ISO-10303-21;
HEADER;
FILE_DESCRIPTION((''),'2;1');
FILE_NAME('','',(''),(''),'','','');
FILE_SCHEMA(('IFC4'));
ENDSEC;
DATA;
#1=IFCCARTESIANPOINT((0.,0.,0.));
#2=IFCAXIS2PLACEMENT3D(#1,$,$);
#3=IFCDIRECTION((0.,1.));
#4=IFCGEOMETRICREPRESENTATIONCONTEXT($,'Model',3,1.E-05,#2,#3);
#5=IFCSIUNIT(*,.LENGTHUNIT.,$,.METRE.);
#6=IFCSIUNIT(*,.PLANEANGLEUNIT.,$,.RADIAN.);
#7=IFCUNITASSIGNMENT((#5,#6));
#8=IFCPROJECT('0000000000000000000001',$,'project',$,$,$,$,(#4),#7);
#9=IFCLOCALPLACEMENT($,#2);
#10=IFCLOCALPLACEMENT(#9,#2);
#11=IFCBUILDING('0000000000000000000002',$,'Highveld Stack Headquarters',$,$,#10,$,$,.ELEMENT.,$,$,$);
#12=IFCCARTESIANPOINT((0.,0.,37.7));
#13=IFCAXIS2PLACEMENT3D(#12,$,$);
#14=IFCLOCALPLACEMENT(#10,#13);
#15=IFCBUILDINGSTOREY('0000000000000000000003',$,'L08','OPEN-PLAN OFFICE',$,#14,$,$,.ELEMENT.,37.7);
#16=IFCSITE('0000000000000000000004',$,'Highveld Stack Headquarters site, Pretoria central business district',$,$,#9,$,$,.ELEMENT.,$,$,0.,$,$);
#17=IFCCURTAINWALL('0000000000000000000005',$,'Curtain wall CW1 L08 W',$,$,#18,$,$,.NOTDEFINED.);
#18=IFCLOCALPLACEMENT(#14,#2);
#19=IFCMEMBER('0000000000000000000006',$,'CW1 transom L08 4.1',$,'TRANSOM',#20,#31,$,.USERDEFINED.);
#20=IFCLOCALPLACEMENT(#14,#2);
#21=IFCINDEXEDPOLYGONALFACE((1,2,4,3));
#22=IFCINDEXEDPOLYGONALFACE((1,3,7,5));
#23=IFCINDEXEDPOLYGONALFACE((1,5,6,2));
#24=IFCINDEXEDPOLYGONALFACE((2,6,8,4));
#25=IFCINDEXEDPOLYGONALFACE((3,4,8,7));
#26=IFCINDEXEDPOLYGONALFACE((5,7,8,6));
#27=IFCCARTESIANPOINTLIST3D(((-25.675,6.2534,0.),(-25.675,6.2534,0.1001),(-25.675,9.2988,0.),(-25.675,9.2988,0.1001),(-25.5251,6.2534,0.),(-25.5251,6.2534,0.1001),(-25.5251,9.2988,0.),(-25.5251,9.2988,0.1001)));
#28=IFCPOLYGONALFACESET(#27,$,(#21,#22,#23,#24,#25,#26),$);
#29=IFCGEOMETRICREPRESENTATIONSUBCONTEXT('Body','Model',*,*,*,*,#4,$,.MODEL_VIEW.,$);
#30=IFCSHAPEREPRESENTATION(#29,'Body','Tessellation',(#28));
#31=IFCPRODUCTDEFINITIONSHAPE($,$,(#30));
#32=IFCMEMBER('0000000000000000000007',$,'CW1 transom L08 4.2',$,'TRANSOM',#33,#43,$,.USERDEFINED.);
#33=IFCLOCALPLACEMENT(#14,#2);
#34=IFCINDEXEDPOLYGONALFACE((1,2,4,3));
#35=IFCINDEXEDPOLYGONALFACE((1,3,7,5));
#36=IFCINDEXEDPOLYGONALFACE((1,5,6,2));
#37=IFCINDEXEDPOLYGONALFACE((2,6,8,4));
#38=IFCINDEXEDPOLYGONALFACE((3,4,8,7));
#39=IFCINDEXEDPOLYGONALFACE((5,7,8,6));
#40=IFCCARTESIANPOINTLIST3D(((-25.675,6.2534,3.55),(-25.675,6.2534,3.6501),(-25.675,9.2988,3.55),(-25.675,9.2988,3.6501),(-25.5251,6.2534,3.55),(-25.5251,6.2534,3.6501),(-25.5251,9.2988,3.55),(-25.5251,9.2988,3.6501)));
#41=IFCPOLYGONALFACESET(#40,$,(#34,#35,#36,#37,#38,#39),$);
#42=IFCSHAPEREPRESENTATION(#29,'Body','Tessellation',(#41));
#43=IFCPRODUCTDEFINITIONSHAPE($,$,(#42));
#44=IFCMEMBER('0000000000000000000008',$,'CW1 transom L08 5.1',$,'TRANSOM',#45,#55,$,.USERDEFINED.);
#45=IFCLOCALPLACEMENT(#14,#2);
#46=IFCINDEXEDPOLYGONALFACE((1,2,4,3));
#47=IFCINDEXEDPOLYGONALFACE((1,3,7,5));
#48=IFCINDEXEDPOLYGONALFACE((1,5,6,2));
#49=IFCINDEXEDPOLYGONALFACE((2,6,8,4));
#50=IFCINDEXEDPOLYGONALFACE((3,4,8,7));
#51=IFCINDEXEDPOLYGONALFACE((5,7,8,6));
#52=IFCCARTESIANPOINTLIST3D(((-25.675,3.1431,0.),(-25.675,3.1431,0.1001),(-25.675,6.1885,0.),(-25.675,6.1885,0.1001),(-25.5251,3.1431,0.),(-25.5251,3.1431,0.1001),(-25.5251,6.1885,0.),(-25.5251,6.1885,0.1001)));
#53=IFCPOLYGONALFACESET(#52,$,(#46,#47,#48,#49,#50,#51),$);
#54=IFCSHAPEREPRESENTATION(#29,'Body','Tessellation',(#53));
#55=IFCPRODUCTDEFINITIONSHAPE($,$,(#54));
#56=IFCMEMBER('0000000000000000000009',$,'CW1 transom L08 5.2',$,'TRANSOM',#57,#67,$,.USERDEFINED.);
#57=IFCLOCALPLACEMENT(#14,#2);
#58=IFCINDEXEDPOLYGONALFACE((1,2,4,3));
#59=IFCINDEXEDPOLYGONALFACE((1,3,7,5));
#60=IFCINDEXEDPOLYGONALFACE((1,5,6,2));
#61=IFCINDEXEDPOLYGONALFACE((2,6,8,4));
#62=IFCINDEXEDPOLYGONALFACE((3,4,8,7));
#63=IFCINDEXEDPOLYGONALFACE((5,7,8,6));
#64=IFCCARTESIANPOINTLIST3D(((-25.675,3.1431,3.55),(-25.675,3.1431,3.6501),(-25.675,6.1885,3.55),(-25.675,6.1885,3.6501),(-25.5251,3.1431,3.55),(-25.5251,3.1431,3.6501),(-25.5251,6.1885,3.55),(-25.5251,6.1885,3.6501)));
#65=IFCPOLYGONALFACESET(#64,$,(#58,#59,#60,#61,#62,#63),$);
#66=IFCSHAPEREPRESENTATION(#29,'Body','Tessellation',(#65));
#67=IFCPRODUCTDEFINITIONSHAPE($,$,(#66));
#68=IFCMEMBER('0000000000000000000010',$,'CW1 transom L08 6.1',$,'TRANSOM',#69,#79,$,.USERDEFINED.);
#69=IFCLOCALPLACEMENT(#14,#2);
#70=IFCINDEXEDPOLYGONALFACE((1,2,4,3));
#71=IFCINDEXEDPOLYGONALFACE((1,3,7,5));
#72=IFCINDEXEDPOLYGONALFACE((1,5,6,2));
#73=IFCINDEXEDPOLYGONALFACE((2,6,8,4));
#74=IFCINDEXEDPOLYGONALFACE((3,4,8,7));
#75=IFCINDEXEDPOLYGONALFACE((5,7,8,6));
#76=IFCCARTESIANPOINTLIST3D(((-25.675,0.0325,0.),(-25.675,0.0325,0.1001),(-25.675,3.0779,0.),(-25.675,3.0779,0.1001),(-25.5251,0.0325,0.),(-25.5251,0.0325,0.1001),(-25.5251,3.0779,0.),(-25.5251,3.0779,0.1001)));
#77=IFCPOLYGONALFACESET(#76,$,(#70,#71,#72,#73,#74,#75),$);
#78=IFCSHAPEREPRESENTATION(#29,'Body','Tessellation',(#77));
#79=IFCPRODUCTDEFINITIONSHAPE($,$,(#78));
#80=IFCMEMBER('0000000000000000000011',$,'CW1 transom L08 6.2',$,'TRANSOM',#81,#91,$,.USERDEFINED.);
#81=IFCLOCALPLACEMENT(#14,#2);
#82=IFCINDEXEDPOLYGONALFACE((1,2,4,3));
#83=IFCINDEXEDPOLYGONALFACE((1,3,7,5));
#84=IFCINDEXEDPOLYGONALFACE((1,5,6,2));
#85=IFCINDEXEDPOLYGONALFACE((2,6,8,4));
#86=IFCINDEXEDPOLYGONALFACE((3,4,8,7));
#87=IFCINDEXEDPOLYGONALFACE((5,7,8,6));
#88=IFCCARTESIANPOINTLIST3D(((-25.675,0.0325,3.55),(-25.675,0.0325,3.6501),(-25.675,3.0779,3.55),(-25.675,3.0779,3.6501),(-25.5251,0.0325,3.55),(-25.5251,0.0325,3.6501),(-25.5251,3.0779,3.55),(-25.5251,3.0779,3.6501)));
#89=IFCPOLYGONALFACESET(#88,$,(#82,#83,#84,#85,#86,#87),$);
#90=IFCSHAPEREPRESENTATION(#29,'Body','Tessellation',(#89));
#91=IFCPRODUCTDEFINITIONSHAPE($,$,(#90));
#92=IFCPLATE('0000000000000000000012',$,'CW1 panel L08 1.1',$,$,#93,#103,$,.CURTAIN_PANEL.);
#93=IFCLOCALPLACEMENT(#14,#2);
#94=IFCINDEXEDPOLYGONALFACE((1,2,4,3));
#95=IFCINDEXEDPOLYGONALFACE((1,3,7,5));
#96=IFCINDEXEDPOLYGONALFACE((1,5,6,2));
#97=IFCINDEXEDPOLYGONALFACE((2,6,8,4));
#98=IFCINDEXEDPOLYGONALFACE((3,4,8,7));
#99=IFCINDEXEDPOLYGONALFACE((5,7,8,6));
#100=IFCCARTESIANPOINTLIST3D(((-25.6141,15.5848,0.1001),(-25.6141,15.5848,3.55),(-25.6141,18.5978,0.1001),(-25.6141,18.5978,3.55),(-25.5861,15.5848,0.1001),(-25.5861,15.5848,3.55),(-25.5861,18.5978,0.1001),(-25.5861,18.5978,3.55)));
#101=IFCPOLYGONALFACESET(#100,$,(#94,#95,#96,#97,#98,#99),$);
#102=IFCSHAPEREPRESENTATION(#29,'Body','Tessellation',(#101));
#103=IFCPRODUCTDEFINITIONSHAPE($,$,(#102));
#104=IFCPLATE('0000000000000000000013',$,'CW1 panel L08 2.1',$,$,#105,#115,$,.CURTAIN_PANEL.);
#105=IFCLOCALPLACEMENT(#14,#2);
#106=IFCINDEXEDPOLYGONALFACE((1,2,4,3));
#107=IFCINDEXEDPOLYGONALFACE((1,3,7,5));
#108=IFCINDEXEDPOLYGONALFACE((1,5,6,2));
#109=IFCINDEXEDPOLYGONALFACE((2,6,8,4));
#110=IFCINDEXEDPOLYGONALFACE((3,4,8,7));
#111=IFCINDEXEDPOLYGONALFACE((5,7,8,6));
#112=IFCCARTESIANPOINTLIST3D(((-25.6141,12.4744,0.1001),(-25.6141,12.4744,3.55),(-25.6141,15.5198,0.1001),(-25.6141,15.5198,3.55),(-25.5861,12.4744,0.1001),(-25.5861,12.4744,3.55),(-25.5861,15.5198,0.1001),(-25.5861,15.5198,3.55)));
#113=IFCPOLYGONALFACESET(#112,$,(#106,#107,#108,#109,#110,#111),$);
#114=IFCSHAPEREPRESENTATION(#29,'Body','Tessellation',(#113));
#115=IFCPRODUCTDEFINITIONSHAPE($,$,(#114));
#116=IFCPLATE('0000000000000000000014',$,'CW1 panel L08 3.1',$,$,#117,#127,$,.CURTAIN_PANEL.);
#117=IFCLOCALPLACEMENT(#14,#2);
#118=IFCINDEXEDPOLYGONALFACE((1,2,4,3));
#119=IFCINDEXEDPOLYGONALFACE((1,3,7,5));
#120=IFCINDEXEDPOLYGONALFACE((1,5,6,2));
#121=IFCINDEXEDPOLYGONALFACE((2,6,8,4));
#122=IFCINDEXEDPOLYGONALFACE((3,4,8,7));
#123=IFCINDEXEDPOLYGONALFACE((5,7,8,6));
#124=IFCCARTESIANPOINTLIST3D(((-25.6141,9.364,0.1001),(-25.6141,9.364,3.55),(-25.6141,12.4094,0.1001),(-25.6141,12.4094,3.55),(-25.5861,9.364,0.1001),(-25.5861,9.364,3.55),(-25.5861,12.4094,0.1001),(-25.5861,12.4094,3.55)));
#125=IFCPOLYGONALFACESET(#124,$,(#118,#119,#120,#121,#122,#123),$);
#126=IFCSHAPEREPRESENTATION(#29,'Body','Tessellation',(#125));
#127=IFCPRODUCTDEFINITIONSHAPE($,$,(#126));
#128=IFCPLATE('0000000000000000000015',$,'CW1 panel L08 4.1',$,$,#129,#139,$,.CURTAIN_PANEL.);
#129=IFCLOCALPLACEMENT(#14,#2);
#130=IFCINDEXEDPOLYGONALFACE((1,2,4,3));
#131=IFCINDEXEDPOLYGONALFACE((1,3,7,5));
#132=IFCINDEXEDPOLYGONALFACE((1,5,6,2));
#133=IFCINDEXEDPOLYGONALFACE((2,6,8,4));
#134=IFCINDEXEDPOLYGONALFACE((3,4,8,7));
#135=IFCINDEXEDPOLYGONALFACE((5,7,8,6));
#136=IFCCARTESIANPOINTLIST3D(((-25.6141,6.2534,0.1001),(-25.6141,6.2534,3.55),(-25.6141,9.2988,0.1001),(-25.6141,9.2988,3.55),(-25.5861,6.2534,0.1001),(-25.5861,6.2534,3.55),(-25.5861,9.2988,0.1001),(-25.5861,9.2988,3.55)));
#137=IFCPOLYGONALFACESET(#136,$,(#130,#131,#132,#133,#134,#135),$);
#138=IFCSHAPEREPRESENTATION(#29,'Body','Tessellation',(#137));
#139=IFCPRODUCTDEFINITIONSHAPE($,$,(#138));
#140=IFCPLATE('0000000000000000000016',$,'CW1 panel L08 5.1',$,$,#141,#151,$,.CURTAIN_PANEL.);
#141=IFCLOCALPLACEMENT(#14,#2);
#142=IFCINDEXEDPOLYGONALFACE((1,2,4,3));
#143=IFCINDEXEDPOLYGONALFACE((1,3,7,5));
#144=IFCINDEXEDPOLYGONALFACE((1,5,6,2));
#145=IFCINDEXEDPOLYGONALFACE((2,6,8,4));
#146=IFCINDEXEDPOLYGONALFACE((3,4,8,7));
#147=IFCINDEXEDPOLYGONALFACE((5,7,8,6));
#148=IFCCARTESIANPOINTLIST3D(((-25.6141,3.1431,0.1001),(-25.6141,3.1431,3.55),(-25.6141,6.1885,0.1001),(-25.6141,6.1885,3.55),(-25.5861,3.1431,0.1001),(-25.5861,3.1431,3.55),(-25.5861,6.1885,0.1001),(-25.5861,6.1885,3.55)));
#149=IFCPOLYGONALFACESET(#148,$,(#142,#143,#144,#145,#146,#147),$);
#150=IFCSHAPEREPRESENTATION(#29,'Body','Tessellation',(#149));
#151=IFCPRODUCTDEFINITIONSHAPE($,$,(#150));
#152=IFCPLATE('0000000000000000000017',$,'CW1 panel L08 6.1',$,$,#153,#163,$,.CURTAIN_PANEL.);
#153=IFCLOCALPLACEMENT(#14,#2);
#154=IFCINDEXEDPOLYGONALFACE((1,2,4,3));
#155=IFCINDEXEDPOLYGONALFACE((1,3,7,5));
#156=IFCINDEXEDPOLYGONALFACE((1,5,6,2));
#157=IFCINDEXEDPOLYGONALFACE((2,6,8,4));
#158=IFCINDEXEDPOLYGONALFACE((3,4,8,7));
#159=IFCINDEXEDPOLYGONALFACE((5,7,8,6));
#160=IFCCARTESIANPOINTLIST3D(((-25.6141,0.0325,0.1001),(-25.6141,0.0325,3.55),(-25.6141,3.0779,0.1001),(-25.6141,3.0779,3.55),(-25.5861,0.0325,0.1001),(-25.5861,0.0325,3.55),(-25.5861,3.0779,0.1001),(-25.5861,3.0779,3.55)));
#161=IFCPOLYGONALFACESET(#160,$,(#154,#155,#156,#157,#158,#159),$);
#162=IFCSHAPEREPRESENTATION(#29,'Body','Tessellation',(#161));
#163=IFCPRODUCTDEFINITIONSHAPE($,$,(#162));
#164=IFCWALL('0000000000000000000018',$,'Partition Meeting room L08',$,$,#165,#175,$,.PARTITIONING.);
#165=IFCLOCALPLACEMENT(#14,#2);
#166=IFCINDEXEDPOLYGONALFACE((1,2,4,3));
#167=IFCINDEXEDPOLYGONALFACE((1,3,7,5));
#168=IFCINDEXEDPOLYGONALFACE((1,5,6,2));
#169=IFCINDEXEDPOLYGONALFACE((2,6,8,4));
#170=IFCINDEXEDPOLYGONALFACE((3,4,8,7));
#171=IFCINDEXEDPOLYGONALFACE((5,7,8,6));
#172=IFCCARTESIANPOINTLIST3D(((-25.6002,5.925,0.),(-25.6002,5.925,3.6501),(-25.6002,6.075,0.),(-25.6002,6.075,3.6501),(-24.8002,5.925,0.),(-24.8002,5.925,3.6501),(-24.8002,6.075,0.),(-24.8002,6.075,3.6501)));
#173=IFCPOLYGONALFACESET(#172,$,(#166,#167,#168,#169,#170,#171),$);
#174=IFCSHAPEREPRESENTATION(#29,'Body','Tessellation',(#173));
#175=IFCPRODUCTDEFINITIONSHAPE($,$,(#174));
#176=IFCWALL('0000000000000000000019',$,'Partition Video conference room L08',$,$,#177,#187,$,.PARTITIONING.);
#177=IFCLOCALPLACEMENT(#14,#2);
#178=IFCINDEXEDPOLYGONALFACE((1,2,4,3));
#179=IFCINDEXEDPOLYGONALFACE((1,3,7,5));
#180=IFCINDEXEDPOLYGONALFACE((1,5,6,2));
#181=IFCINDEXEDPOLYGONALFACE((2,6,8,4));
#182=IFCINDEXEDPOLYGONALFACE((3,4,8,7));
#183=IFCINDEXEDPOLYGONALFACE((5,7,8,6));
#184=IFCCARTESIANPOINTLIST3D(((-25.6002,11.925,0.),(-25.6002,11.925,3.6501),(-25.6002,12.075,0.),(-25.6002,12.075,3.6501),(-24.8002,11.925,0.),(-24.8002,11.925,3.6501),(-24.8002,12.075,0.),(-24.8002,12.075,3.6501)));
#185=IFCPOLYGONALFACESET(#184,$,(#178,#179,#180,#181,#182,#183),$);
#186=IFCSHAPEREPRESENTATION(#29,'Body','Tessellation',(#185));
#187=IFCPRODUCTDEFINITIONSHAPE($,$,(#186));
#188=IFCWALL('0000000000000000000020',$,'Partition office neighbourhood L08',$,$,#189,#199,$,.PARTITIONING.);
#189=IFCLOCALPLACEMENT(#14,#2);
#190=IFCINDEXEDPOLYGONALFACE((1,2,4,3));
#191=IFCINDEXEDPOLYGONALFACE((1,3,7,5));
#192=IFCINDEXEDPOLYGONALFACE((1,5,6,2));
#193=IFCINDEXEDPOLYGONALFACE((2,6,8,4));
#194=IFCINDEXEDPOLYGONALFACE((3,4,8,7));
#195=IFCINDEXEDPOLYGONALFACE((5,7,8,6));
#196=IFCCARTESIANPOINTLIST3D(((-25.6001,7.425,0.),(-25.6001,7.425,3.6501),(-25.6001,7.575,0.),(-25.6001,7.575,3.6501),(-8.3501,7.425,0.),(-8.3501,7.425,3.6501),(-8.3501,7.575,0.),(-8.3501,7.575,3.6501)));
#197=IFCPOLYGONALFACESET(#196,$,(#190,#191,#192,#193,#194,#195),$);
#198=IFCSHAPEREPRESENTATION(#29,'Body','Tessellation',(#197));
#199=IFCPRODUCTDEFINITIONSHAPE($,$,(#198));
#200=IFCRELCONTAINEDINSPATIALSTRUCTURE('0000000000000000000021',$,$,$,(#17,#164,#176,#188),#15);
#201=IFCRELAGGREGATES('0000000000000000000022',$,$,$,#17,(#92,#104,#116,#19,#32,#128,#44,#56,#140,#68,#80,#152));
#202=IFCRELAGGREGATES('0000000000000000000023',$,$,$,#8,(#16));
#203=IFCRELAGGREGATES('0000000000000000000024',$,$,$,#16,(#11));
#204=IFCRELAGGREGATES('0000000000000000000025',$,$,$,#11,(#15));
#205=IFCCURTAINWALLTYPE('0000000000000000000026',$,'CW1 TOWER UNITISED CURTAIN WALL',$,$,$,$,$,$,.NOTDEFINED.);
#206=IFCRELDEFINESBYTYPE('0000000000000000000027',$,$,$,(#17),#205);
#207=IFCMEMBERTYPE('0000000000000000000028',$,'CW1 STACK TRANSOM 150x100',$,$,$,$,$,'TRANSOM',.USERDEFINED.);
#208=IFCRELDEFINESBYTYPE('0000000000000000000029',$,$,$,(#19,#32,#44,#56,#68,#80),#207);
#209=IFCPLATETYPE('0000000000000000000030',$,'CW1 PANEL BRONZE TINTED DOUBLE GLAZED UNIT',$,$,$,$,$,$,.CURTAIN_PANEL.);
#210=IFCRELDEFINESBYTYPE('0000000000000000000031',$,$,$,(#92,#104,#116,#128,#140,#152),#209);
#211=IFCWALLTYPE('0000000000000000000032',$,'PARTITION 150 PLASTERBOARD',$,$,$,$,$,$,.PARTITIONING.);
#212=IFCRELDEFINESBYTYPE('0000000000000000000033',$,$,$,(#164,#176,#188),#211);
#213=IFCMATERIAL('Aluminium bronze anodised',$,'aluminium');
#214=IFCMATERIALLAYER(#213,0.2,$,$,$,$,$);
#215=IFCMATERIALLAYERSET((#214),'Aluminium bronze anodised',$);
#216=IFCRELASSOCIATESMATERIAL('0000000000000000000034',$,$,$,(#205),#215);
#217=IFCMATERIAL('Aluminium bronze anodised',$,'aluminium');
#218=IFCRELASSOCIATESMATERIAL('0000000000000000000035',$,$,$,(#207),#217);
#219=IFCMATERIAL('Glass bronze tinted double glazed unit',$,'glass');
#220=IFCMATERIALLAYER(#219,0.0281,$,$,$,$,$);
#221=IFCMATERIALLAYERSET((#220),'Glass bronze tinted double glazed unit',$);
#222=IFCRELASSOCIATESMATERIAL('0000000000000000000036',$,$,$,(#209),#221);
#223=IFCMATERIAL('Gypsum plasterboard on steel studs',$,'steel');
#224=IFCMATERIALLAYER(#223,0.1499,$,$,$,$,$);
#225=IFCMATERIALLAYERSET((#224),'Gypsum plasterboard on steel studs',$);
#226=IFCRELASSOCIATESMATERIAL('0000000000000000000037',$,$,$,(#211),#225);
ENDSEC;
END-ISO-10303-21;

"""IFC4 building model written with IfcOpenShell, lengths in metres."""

from ifc_helpers import new_model, si_unit, direction, frame, frame_2d, origin, origin_2d, place, context, subcontext, project, spatial, rectangle, extrude, material, layer, layer_set, material_profile, profile_set, type_object, element, aggregate, save


model = new_model("IFC4")

# Units and contexts
model_context = context("Model", 3, precision=1e-05, world=origin(), true_north=direction((0.0, 1.0)))
body_context = subcontext(model_context, "Body", "Model", "MODEL_VIEW")
ifc_project = project(units=[si_unit("LENGTHUNIT", "METRE"), si_unit("PLANEANGLEUNIT", "RADIAN")], contexts=[model_context])

# Site, building, storey
site_placement = place(None, origin())
site = spatial("IfcSite", under=ifc_project, at=site_placement, Name="Highveld Stack Headquarters site, Pretoria central business district", CompositionType="ELEMENT", RefElevation=0.0)
building_placement = place(site_placement, origin())
building = spatial("IfcBuilding", under=site, at=building_placement, Name="Highveld Stack Headquarters", CompositionType="ELEMENT")
storey_placement = place(building_placement, frame((0.0, 0.0, 37.7)))
storey = spatial("IfcBuildingStorey", under=building, at=storey_placement, Name="L08", Description="OPEN-PLAN OFFICE", CompositionType="ELEMENT", Elevation=37.7)

# Curtain wall, members, plates
ifc_material_1 = material(Name="Aluminium bronze anodised", Category="aluminium")
ifc_layer_1 = layer(ifc_material_1, 0.2)
ifc_layer_set_1 = layer_set([ifc_layer_1], Name="Aluminium bronze anodised")
curtain_wall_type = type_object("IfcCurtainWallType", Name="CW1 TOWER UNITISED CURTAIN WALL", PredefinedType="NOTDEFINED", material=ifc_layer_set_1)
curtain_wall_placement = place(storey_placement, origin())
curtain_wall = element("IfcCurtainWall", 1, at=curtain_wall_placement, inside=storey, type_object=curtain_wall_type, Name="Curtain wall CW1 L08 W", PredefinedType="NOTDEFINED")
ifc_material_2 = material(Name="Aluminium bronze anodised", Category="aluminium")
ifc_material_profile_1 = material_profile(ifc_material_2, rectangle(XDim=0.1499, YDim=0.1001, at=origin_2d()), Name="CW1 TRANSOM 150x100")
ifc_profile_set_1 = profile_set([ifc_material_profile_1], Name="Aluminium bronze anodised")
member_type_1 = type_object("IfcMemberType", Name="CW1 STACK TRANSOM 150x100", ElementType="TRANSOM", PredefinedType="USERDEFINED", material=ifc_profile_set_1)
member_1_placement = place(storey_placement, frame((-25.6001, 9.2988, 0.05), z_axis=(0.0, -1.0, 0.0), x_axis=(1.0, 0.0, 0.0)))
member_1 = element("IfcMember", 2, at=member_1_placement, type_object=member_type_1, Name="CW1 transom L08 4.1", ObjectType="TRANSOM", PredefinedType="USERDEFINED", context=body_context, shape_type="SweptSolid", body=[
    extrude(rectangle(XDim=0.1499, YDim=0.1001, at=origin_2d()), origin(), (0.0, 0.0, 1.0), 3.0454),
])
member_2_placement = place(storey_placement, frame((-25.6001, 9.2988, 3.6001), z_axis=(0.0, -1.0, 0.0), x_axis=(1.0, 0.0, 0.0)))
member_2 = element("IfcMember", 3, at=member_2_placement, type_object=member_type_1, Name="CW1 transom L08 4.2", ObjectType="TRANSOM", PredefinedType="USERDEFINED", context=body_context, shape_type="SweptSolid", body=[
    extrude(rectangle(XDim=0.1499, YDim=0.1001, at=origin_2d()), origin(), (0.0, 0.0, 1.0), 3.0454),
])
member_3_placement = place(storey_placement, frame((-25.6001, 6.1885, 0.05), z_axis=(0.0, -1.0, 0.0), x_axis=(1.0, 0.0, 0.0)))
member_3 = element("IfcMember", 4, at=member_3_placement, type_object=member_type_1, Name="CW1 transom L08 5.1", ObjectType="TRANSOM", PredefinedType="USERDEFINED", context=body_context, shape_type="SweptSolid", body=[
    extrude(rectangle(XDim=0.1499, YDim=0.1001, at=origin_2d()), origin(), (0.0, 0.0, 1.0), 3.0454),
])
member_4_placement = place(storey_placement, frame((-25.6001, 6.1885, 3.6001), z_axis=(0.0, -1.0, 0.0), x_axis=(1.0, 0.0, 0.0)))
member_4 = element("IfcMember", 5, at=member_4_placement, type_object=member_type_1, Name="CW1 transom L08 5.2", ObjectType="TRANSOM", PredefinedType="USERDEFINED", context=body_context, shape_type="SweptSolid", body=[
    extrude(rectangle(XDim=0.1499, YDim=0.1001, at=origin_2d()), origin(), (0.0, 0.0, 1.0), 3.0454),
])
member_5_placement = place(storey_placement, frame((-25.6001, 3.0779, 0.05), z_axis=(0.0, -1.0, 0.0), x_axis=(1.0, 0.0, 0.0)))
member_5 = element("IfcMember", 6, at=member_5_placement, type_object=member_type_1, Name="CW1 transom L08 6.1", ObjectType="TRANSOM", PredefinedType="USERDEFINED", context=body_context, shape_type="SweptSolid", body=[
    extrude(rectangle(XDim=0.1499, YDim=0.1001, at=origin_2d()), origin(), (0.0, 0.0, 1.0), 3.0454),
])
member_6_placement = place(storey_placement, frame((-25.6001, 3.0779, 3.6001), z_axis=(0.0, -1.0, 0.0), x_axis=(1.0, 0.0, 0.0)))
member_6 = element("IfcMember", 7, at=member_6_placement, type_object=member_type_1, Name="CW1 transom L08 6.2", ObjectType="TRANSOM", PredefinedType="USERDEFINED", context=body_context, shape_type="SweptSolid", body=[
    extrude(rectangle(XDim=0.1499, YDim=0.1001, at=origin_2d()), origin(), (0.0, 0.0, 1.0), 3.0454),
])
ifc_material_3 = material(Name="Glass bronze tinted double glazed unit", Category="glass")
ifc_layer_2 = layer(ifc_material_3, 0.0281)
ifc_layer_set_2 = layer_set([ifc_layer_2], Name="Glass bronze tinted double glazed unit")
plate_type = type_object("IfcPlateType", Name="CW1 PANEL BRONZE TINTED DOUBLE GLAZED UNIT", PredefinedType="CURTAIN_PANEL", material=ifc_layer_set_2)
plate_1_placement = place(storey_placement, frame((-25.6001, 17.0913, 0.1001), z_axis=(0.0, 0.0, 1.0), x_axis=(0.0, -1.0, 0.0)))
plate_1 = element("IfcPlate", 8, at=plate_1_placement, type_object=plate_type, Name="CW1 panel L08 1.1", PredefinedType="CURTAIN_PANEL", context=body_context, shape_type="SweptSolid", body=[
    extrude(rectangle(XDim=3.0129, YDim=0.0281, at=origin_2d()), origin(), (0.0, 0.0, 1.0), 3.45),
])
plate_2_placement = place(storey_placement, frame((-25.6001, 13.9971, 0.1001), z_axis=(0.0, 0.0, 1.0), x_axis=(0.0, -1.0, 0.0)))
plate_2 = element("IfcPlate", 9, at=plate_2_placement, type_object=plate_type, Name="CW1 panel L08 2.1", PredefinedType="CURTAIN_PANEL", context=body_context, shape_type="SweptSolid", body=[
    extrude(rectangle(XDim=3.0454, YDim=0.0281, at=origin_2d()), origin(), (0.0, 0.0, 1.0), 3.45),
])
plate_3_placement = place(storey_placement, frame((-25.6001, 10.8867, 0.1001), z_axis=(0.0, 0.0, 1.0), x_axis=(0.0, -1.0, 0.0)))
plate_3 = element("IfcPlate", 10, at=plate_3_placement, type_object=plate_type, Name="CW1 panel L08 3.1", PredefinedType="CURTAIN_PANEL", context=body_context, shape_type="SweptSolid", body=[
    extrude(rectangle(XDim=3.0454, YDim=0.0281, at=origin_2d()), origin(), (0.0, 0.0, 1.0), 3.45),
])
plate_4_placement = place(storey_placement, frame((-25.6001, 7.7761, 0.1001), z_axis=(0.0, 0.0, 1.0), x_axis=(0.0, -1.0, 0.0)))
plate_4 = element("IfcPlate", 11, at=plate_4_placement, type_object=plate_type, Name="CW1 panel L08 4.1", PredefinedType="CURTAIN_PANEL", context=body_context, shape_type="SweptSolid", body=[
    extrude(rectangle(XDim=3.0454, YDim=0.0281, at=origin_2d()), origin(), (0.0, 0.0, 1.0), 3.45),
])
plate_5_placement = place(storey_placement, frame((-25.6001, 4.6658, 0.1001), z_axis=(0.0, 0.0, 1.0), x_axis=(0.0, -1.0, 0.0)))
plate_5 = element("IfcPlate", 12, at=plate_5_placement, type_object=plate_type, Name="CW1 panel L08 5.1", PredefinedType="CURTAIN_PANEL", context=body_context, shape_type="SweptSolid", body=[
    extrude(rectangle(XDim=3.0454, YDim=0.0281, at=origin_2d()), origin(), (0.0, 0.0, 1.0), 3.45),
])
plate_6_placement = place(storey_placement, frame((-25.6001, 1.5552, 0.1001), z_axis=(0.0, 0.0, 1.0), x_axis=(0.0, -1.0, 0.0)))
plate_6 = element("IfcPlate", 13, at=plate_6_placement, type_object=plate_type, Name="CW1 panel L08 6.1", PredefinedType="CURTAIN_PANEL", context=body_context, shape_type="SweptSolid", body=[
    extrude(rectangle(XDim=3.0454, YDim=0.0281, at=origin_2d()), origin(), (0.0, 0.0, 1.0), 3.45),
])
aggregate(curtain_wall, [plate_1, plate_2, plate_3, member_1, member_2, plate_4, member_3, member_4, plate_5, member_5, member_6, plate_6])

# Walls
ifc_material_4 = material(Name="Gypsum plasterboard on steel studs", Category="steel")
ifc_layer_3 = layer(ifc_material_4, 0.1499)
ifc_layer_set_3 = layer_set([ifc_layer_3], Name="Gypsum plasterboard on steel studs")
wall_type = type_object("IfcWallType", Name="PARTITION 150 PLASTERBOARD", PredefinedType="PARTITIONING", material=ifc_layer_set_3)
for number, where, z_axis, x_axis, name in (
    (14, (-25.6001, 6.0, 0.0), (0.0, 0.0, 1.0), (1.0, 0.0, 0.0), "Partition Meeting room L08"),
    (15, (-25.6001, 12.0, 0.0), (0.0, 0.0, 1.0), (1.0, 0.0, 0.0), "Partition Video conference room L08"),
):
    element("IfcWall", number, at=place(storey_placement, frame(where, z_axis=z_axis, x_axis=x_axis)), inside=storey, type_object=wall_type, Name=name, PredefinedType="PARTITIONING", context=body_context, shape_type="SweptSolid", body=[
        extrude(rectangle(XDim=0.8, YDim=0.1499, at=frame_2d((0.3999, 0.0))), origin(), (0.0, 0.0, 1.0), 3.6501),
    ])
wall_placement = place(storey_placement, frame((-25.6001, 7.5, 0.0), z_axis=(0.0, 0.0, 1.0), x_axis=(1.0, 0.0, 0.0)))
element("IfcWall", 16, at=wall_placement, inside=storey, type_object=wall_type, Name="Partition office neighbourhood L08", PredefinedType="PARTITIONING", context=body_context, shape_type="SweptSolid", body=[
    extrude(rectangle(XDim=17.25, YDim=0.1499, at=frame_2d((8.625, 0.0))), origin(), (0.0, 0.0, 1.0), 3.6501),
])

save(model, "model.ifc")
